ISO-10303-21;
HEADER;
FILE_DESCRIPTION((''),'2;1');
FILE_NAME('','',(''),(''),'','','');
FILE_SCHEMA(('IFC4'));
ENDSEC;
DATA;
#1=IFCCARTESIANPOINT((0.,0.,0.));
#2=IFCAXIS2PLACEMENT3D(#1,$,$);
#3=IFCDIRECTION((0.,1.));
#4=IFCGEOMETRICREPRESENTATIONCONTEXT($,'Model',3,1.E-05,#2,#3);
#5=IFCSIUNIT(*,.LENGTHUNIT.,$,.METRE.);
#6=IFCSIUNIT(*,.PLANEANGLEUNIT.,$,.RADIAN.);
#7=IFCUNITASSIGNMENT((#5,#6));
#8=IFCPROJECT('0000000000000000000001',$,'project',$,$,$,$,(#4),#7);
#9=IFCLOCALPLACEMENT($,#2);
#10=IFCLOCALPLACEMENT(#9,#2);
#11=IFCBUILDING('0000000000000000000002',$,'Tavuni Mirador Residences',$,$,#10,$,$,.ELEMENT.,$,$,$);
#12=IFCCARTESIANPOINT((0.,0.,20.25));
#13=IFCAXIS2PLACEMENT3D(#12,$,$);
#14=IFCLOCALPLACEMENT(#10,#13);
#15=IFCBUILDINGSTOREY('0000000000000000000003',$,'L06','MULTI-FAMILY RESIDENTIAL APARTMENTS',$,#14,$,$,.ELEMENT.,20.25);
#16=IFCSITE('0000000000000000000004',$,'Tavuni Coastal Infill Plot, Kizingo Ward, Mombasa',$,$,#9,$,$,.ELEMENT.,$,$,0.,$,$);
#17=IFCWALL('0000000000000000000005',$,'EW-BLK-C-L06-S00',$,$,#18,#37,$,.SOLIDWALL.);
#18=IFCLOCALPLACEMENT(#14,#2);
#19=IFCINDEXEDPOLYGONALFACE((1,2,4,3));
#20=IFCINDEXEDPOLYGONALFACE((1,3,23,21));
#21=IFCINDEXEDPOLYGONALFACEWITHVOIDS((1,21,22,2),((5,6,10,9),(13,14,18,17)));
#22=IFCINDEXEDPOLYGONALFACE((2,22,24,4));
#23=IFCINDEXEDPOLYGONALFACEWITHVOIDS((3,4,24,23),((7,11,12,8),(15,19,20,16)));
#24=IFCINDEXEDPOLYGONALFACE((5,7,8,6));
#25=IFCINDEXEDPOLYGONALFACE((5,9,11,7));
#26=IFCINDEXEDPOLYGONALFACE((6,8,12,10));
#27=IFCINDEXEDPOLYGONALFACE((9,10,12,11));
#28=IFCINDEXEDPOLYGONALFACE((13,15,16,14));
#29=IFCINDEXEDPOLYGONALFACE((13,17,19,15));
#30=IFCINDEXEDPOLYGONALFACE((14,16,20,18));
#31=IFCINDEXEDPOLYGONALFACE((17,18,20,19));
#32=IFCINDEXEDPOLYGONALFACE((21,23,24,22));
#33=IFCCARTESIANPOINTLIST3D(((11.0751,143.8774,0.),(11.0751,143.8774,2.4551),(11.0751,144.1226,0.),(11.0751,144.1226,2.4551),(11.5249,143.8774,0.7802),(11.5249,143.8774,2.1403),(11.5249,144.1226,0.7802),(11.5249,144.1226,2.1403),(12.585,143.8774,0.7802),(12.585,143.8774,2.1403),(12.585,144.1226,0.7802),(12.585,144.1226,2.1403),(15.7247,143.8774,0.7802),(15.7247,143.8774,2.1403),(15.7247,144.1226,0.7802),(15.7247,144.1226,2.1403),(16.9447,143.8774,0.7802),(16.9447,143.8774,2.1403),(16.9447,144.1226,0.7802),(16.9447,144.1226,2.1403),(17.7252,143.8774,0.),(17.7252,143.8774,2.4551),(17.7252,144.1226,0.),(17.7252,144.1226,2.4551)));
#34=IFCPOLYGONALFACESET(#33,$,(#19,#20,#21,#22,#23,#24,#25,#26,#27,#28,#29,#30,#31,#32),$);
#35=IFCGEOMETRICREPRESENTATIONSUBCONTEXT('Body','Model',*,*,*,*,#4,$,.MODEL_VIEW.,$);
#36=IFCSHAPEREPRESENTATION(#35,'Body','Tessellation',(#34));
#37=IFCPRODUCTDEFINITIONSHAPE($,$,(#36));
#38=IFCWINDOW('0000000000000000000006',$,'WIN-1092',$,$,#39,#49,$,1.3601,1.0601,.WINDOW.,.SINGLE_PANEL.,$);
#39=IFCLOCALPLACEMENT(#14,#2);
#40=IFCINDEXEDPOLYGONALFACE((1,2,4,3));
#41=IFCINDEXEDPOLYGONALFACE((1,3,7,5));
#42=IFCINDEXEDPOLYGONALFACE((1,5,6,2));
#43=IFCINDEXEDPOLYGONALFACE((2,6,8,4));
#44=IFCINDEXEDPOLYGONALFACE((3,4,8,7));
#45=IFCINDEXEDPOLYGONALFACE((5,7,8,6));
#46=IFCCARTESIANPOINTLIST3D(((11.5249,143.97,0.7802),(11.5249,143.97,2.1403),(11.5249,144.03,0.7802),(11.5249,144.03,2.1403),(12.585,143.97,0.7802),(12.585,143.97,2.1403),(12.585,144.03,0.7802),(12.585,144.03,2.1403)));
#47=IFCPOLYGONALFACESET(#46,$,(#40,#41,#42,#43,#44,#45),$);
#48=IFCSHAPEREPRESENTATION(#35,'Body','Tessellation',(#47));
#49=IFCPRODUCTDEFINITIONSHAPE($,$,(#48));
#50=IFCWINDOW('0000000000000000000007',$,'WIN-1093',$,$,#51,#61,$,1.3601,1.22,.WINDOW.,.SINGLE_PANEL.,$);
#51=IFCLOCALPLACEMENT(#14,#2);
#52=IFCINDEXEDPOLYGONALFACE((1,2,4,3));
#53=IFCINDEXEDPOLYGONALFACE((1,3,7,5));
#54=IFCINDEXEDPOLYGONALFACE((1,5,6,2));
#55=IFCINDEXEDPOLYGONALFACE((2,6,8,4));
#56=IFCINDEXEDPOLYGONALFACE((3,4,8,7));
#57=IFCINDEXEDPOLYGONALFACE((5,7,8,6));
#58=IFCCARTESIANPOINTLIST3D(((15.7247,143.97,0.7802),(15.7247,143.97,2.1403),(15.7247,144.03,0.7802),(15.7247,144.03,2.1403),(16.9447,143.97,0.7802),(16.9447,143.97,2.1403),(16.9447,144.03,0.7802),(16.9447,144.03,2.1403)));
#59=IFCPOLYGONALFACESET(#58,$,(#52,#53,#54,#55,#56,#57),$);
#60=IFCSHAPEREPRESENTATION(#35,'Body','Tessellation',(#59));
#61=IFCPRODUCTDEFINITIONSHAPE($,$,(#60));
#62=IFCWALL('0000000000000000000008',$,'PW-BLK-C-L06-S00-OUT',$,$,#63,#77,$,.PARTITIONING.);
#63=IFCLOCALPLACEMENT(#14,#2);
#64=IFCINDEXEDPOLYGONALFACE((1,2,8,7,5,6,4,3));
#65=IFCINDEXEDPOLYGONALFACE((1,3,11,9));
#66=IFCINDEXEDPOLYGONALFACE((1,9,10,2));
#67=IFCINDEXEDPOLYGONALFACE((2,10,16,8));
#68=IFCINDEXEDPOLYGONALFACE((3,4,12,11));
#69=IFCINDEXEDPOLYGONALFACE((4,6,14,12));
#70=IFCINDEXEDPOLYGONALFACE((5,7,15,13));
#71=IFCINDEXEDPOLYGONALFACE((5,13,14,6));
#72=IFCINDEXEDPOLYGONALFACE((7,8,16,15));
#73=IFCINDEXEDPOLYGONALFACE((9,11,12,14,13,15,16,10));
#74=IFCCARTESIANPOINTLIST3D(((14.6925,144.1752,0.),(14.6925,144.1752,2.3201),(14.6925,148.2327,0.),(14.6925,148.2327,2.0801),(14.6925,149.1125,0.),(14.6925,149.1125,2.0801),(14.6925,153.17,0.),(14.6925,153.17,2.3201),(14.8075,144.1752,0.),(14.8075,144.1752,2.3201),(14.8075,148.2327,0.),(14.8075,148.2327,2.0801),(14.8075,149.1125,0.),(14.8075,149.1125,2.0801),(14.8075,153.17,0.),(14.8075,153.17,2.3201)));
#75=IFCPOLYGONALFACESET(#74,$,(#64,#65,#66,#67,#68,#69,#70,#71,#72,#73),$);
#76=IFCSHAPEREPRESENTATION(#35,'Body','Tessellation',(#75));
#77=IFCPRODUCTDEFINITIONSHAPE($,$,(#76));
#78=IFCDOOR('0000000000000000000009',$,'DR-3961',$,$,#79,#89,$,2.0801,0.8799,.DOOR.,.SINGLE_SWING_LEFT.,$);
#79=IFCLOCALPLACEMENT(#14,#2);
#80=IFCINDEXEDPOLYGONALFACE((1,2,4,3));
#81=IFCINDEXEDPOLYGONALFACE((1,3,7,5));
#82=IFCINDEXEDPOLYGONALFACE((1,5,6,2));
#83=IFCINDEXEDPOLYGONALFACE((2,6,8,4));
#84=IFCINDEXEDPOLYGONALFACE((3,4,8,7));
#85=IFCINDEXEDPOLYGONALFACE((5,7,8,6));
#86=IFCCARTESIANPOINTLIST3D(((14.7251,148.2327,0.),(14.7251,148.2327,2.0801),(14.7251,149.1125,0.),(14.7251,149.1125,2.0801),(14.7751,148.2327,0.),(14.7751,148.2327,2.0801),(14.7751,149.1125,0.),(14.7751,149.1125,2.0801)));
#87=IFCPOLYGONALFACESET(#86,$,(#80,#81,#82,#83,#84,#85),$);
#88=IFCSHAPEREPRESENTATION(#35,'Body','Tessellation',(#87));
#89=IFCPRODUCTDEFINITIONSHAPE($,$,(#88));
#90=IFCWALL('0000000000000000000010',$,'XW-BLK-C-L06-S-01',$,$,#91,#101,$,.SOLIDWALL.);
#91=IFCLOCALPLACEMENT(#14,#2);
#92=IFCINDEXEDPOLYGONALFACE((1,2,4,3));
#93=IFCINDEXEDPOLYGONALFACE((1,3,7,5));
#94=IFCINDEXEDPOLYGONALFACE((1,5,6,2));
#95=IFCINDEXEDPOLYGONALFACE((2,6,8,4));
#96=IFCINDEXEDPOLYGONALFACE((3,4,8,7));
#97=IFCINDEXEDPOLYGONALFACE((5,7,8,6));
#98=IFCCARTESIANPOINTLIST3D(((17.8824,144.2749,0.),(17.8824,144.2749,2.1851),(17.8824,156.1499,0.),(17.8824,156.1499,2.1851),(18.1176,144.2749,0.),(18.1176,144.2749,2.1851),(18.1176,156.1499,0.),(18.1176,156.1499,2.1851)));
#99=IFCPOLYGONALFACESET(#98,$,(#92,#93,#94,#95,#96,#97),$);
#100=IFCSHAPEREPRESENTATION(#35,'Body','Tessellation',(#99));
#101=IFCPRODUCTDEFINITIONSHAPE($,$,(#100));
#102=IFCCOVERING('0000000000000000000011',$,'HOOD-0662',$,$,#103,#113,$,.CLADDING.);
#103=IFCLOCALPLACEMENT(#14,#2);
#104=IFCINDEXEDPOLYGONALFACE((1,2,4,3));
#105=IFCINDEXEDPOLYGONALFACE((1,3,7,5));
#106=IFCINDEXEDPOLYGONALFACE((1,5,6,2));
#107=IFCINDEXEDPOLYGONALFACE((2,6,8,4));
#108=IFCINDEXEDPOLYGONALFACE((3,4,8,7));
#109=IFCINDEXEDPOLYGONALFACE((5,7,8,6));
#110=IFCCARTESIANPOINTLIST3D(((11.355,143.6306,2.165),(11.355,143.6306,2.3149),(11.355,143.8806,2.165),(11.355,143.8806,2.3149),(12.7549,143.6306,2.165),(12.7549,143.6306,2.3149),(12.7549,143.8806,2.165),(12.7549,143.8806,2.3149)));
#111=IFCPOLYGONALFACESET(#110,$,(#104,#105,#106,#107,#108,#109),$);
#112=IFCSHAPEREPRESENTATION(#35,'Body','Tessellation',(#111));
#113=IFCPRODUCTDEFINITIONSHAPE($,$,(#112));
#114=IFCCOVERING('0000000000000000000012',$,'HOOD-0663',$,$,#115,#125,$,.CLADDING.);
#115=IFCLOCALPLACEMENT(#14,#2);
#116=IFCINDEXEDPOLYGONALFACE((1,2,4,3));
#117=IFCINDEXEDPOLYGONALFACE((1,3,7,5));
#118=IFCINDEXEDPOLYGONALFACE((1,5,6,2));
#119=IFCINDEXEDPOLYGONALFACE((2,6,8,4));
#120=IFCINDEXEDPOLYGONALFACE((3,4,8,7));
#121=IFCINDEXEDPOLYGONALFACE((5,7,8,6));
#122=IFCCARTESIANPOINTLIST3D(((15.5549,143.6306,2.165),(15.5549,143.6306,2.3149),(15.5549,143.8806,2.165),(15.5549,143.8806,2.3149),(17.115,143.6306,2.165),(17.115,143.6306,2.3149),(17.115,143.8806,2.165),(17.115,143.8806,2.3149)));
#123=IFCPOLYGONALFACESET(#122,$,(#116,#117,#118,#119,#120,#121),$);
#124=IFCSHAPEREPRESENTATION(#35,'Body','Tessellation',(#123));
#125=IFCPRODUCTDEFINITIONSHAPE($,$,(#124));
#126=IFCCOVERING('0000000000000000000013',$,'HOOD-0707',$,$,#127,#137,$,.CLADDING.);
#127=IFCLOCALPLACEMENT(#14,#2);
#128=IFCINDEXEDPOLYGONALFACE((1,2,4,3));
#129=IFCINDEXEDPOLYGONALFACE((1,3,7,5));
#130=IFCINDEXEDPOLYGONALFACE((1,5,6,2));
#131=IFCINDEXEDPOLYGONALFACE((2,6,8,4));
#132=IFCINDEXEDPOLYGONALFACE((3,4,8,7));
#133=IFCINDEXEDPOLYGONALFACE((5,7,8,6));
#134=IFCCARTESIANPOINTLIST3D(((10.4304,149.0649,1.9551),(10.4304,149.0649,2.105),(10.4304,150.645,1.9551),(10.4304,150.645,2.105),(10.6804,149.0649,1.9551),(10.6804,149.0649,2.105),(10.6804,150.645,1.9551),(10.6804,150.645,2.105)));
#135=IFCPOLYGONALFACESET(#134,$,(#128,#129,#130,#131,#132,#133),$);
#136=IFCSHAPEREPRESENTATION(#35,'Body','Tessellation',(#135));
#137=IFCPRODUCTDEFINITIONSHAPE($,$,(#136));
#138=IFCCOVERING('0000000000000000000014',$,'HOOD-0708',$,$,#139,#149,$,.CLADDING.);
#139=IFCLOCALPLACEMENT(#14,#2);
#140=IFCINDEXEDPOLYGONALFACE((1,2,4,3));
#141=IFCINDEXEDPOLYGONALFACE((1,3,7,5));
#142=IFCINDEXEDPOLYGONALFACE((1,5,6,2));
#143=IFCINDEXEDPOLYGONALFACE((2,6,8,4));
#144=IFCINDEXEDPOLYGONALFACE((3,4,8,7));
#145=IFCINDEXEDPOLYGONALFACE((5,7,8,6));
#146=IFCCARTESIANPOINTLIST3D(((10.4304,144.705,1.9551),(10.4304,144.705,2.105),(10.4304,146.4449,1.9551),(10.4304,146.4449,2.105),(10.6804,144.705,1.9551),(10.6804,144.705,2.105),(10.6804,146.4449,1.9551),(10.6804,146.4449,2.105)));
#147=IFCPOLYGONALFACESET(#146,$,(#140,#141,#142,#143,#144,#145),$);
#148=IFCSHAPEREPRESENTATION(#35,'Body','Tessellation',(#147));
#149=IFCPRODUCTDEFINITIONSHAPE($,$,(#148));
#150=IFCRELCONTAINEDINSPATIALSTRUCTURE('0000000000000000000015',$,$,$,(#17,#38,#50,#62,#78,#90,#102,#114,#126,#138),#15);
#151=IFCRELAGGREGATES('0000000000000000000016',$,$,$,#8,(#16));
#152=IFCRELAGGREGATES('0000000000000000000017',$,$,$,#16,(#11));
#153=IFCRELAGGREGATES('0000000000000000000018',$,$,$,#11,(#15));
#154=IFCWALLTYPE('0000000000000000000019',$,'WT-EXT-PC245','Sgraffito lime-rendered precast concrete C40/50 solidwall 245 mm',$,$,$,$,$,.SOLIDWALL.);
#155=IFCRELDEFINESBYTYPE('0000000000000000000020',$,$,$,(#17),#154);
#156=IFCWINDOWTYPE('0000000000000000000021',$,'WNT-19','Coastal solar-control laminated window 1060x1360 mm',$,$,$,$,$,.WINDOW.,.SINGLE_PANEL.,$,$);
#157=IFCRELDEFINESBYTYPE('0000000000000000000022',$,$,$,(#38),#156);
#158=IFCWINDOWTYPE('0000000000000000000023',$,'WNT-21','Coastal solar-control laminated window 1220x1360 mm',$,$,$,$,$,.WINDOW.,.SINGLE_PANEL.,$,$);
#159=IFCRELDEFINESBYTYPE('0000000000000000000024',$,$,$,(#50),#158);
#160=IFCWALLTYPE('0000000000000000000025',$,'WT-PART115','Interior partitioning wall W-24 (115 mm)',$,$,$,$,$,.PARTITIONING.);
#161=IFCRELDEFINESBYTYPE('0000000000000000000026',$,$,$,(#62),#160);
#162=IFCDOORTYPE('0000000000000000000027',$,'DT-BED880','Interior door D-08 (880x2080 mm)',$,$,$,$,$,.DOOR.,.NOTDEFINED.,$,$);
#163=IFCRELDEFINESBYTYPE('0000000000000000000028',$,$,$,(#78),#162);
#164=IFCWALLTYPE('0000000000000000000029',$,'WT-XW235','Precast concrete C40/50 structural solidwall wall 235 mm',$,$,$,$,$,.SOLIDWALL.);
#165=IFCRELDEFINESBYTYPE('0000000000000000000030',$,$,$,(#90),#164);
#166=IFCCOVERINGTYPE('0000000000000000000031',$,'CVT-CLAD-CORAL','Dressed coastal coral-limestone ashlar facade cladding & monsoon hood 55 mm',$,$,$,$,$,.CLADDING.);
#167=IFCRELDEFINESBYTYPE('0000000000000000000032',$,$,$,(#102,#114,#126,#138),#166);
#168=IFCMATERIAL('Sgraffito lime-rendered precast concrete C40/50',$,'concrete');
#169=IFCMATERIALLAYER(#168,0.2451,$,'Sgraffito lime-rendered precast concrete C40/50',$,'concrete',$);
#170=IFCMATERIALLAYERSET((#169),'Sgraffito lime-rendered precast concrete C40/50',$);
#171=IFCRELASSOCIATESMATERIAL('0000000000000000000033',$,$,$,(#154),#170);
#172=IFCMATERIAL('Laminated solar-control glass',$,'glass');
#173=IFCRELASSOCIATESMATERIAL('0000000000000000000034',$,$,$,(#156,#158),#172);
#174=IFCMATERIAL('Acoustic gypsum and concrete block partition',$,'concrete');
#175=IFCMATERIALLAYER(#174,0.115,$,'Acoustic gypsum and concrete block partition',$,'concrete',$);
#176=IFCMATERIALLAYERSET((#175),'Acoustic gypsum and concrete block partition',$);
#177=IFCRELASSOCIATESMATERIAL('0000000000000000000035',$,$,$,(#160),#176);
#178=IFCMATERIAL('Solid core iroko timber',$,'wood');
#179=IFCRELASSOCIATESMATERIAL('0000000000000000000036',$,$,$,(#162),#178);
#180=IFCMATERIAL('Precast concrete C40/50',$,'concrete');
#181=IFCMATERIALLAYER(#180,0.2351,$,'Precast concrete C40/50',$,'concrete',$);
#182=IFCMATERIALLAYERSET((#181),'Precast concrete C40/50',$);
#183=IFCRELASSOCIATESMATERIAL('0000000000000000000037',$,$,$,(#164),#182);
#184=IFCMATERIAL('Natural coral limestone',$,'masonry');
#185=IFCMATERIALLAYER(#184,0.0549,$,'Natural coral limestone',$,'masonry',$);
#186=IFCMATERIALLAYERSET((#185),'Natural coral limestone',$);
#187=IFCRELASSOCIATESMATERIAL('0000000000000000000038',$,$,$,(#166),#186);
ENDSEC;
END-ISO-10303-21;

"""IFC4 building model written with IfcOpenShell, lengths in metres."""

from ifc_helpers import new_model, si_unit, direction, frame, frame_2d, origin, origin_2d, place, context, subcontext, project, spatial, rectangle, extrude, material, layer, layer_set, type_object, element, fill, save


model = new_model("IFC4")

# Units and contexts
model_context = context("Model", 3, precision=1e-05, world=origin(), true_north=direction((0.0, 1.0)))
body_context = subcontext(model_context, "Body", "Model", "MODEL_VIEW")
ifc_project = project(units=[si_unit("LENGTHUNIT", "METRE"), si_unit("PLANEANGLEUNIT", "RADIAN")], contexts=[model_context])

# Site, building, storey
site_placement = place(None, origin())
site = spatial("IfcSite", under=ifc_project, at=site_placement, Name="Tavuni Coastal Infill Plot, Kizingo Ward, Mombasa", CompositionType="ELEMENT", RefElevation=0.0)
building_placement = place(site_placement, origin())
building = spatial("IfcBuilding", under=site, at=building_placement, Name="Tavuni Mirador Residences", CompositionType="ELEMENT")
storey_placement = place(building_placement, frame((0.0, 0.0, 20.25)))
storey = spatial("IfcBuildingStorey", under=building, at=storey_placement, Name="L06", Description="MULTI-FAMILY RESIDENTIAL APARTMENTS", CompositionType="ELEMENT", Elevation=20.25)

# Shared definitions
ifc_material_1 = material(Name="Precast concrete C40/50", Category="concrete")

# Wall, openings, windows
ifc_material_2 = material(Name="Sgraffito lime-rendered precast concrete C40/50", Category="concrete")
ifc_layer_1 = layer(ifc_material_2, 0.2451, Name="Sgraffito lime-rendered precast concrete C40/50", Category="concrete")
ifc_layer_set_1 = layer_set([ifc_layer_1], Name="Sgraffito lime-rendered precast concrete C40/50")
wall_type_1 = type_object("IfcWallType", Name="WT-EXT-PC245", Description="Sgraffito lime-rendered precast concrete C40/50 solidwall 245 mm", PredefinedType="SOLIDWALL", material=ifc_layer_set_1)
wall_1_placement = place(storey_placement, frame((11.075, 144.0, 0.0), z_axis=(0.0, 0.0, 1.0), x_axis=(1.0, 0.0, 0.0)))
wall_1 = element("IfcWall", 1, at=wall_1_placement, inside=storey, type_object=wall_type_1, Name="EW-BLK-C-L06-S00", PredefinedType="SOLIDWALL", context=body_context, shape_type="SweptSolid", body=[
    extrude(rectangle(XDim=6.6501, YDim=0.2451, at=frame_2d((3.3252, 0.0))), origin(), (0.0, 0.0, 1.0), 2.4551),
])
opening_1_placement = place(wall_1_placement, frame((0.45, 0.0, 0.78)))
opening_1 = element("IfcOpeningElement", 2, at=opening_1_placement, cuts=wall_1, PredefinedType="OPENING", context=body_context, shape_type="SweptSolid", body=[
    extrude(rectangle(XDim=1.0601, YDim=1.3601, at=frame_2d((0.53, 0.6802))), frame((0.0, 0.1326, 0.0), z_axis=(0.0, -1.0, 0.0), x_axis=(1.0, 0.0, 0.0)), (0.0, 0.0, 1.0), 0.2651),
])
opening_2_placement = place(wall_1_placement, frame((4.6499, 0.0, 0.78)))
opening_2 = element("IfcOpeningElement", 3, at=opening_2_placement, cuts=wall_1, PredefinedType="OPENING", context=body_context, shape_type="SweptSolid", body=[
    extrude(rectangle(XDim=1.22, YDim=1.3601, at=frame_2d((0.6099, 0.6802))), frame((0.0, 0.1326, 0.0), z_axis=(0.0, -1.0, 0.0), x_axis=(1.0, 0.0, 0.0)), (0.0, 0.0, 1.0), 0.2651),
])
ifc_material_3 = material(Name="Laminated solar-control glass", Category="glass")
window_type_1 = type_object("IfcWindowType", Name="WNT-19", Description="Coastal solar-control laminated window 1060x1360 mm", PartitioningType="SINGLE_PANEL", PredefinedType="WINDOW", material=ifc_material_3)
window_1_placement = place(opening_1_placement, origin())
window_1 = element("IfcWindow", 4, at=window_1_placement, inside=storey, type_object=window_type_1, Name="WIN-1092", OverallHeight=1.3601, OverallWidth=1.0601, PartitioningType="SINGLE_PANEL", PredefinedType="WINDOW", context=body_context, shape_type="SweptSolid", body=[
    extrude(rectangle(XDim=1.0601, YDim=1.3601, at=frame_2d((0.53, 0.6802))), frame((0.0, 0.03, 0.0), z_axis=(0.0, -1.0, 0.0), x_axis=(1.0, 0.0, 0.0)), (0.0, 0.0, 1.0), 0.0601),
])
fill(opening_1, window_1)
window_type_2 = type_object("IfcWindowType", Name="WNT-21", Description="Coastal solar-control laminated window 1220x1360 mm", PartitioningType="SINGLE_PANEL", PredefinedType="WINDOW", material=ifc_material_3)
window_2_placement = place(opening_2_placement, origin())
window_2 = element("IfcWindow", 5, at=window_2_placement, inside=storey, type_object=window_type_2, Name="WIN-1093", OverallHeight=1.3601, OverallWidth=1.22, PartitioningType="SINGLE_PANEL", PredefinedType="WINDOW", context=body_context, shape_type="SweptSolid", body=[
    extrude(rectangle(XDim=1.22, YDim=1.3601, at=frame_2d((0.6099, 0.6802))), frame((0.0, 0.03, 0.0), z_axis=(0.0, -1.0, 0.0), x_axis=(1.0, 0.0, 0.0)), (0.0, 0.0, 1.0), 0.0601),
])
fill(opening_2, window_2)

# Wall, opening, door
ifc_material_4 = material(Name="Acoustic gypsum and concrete block partition", Category="concrete")
ifc_layer_2 = layer(ifc_material_4, 0.115, Name="Acoustic gypsum and concrete block partition", Category="concrete")
ifc_layer_set_2 = layer_set([ifc_layer_2], Name="Acoustic gypsum and concrete block partition")
wall_type_2 = type_object("IfcWallType", Name="WT-PART115", Description="Interior partitioning wall W-24 (115 mm)", PredefinedType="PARTITIONING", material=ifc_layer_set_2)
wall_2_placement = place(storey_placement, frame((14.75, 144.175, 0.0), z_axis=(0.0, 0.0, 1.0), x_axis=(0.0, 1.0, 0.0)))
wall_2 = element("IfcWall", 6, at=wall_2_placement, inside=storey, type_object=wall_type_2, Name="PW-BLK-C-L06-S00-OUT", PredefinedType="PARTITIONING", context=body_context, shape_type="SweptSolid", body=[
    extrude(rectangle(XDim=8.9949, YDim=0.115, at=frame_2d((4.4976, 0.0))), origin(), (0.0, 0.0, 1.0), 2.3201),
])
opening_3_placement = place(wall_2_placement, frame((4.0576, 0.0, 0.0)))
opening_3 = element("IfcOpeningElement", 7, at=opening_3_placement, cuts=wall_2, PredefinedType="OPENING", context=body_context, shape_type="SweptSolid", body=[
    extrude(rectangle(XDim=0.8799, YDim=2.0801, at=frame_2d((0.4399, 1.04))), frame((0.0, 0.0674, 0.0), z_axis=(0.0, -1.0, 0.0), x_axis=(1.0, 0.0, 0.0)), (0.0, 0.0, 1.0), 0.135),
])
ifc_material_5 = material(Name="Solid core iroko timber", Category="wood")
door_type = type_object("IfcDoorType", Name="DT-BED880", Description="Interior door D-08 (880x2080 mm)", OperationType="NOTDEFINED", PredefinedType="DOOR", material=ifc_material_5)
door_placement = place(opening_3_placement, origin())
door = element("IfcDoor", 8, at=door_placement, inside=storey, type_object=door_type, Name="DR-3961", OperationType="SINGLE_SWING_LEFT", OverallHeight=2.0801, OverallWidth=0.8799, PredefinedType="DOOR", context=body_context, shape_type="SweptSolid", body=[
    extrude(rectangle(XDim=0.8799, YDim=2.0801, at=frame_2d((0.4399, 1.04))), frame((0.0, 0.0249, 0.0), z_axis=(0.0, -1.0, 0.0), x_axis=(1.0, 0.0, 0.0)), (0.0, 0.0, 1.0), 0.05),
])
fill(opening_3, door)

# Wall
ifc_layer_3 = layer(ifc_material_1, 0.2351, Name="Precast concrete C40/50", Category="concrete")
ifc_layer_set_3 = layer_set([ifc_layer_3], Name="Precast concrete C40/50")
wall_type_3 = type_object("IfcWallType", Name="WT-XW235", Description="Precast concrete C40/50 structural solidwall wall 235 mm", PredefinedType="SOLIDWALL", material=ifc_layer_set_3)
wall_3_placement = place(storey_placement, frame((18.0, 144.2749, 0.0), z_axis=(0.0, 0.0, 1.0), x_axis=(0.0, 1.0, 0.0)))
element("IfcWall", 9, at=wall_3_placement, inside=storey, type_object=wall_type_3, Name="XW-BLK-C-L06-S-01", PredefinedType="SOLIDWALL", context=body_context, shape_type="SweptSolid", body=[
    extrude(rectangle(XDim=11.875, YDim=0.2351, at=frame_2d((5.9375, 0.0))), origin(), (0.0, 0.0, 1.0), 2.1851),
])

# Coverings
ifc_material_6 = material(Name="Natural coral limestone", Category="masonry")
ifc_layer_4 = layer(ifc_material_6, 0.0549, Name="Natural coral limestone", Category="masonry")
ifc_layer_set_4 = layer_set([ifc_layer_4], Name="Natural coral limestone")
covering_type = type_object("IfcCoveringType", Name="CVT-CLAD-CORAL", Description="Dressed coastal coral-limestone ashlar facade cladding & monsoon hood 55 mm", PredefinedType="CLADDING", material=ifc_layer_set_4)
covering_1_placement = place(storey_placement, frame((12.0549, 143.7556, 2.165), z_axis=(0.0, 0.0, 1.0), x_axis=(1.0, 0.0, 0.0)))
element("IfcCovering", 10, at=covering_1_placement, inside=storey, type_object=covering_type, Name="HOOD-0662", PredefinedType="CLADDING", context=body_context, shape_type="SweptSolid", body=[
    extrude(rectangle(XDim=1.3999, YDim=0.25, at=origin_2d()), origin(), (0.0, 0.0, 1.0), 0.1499),
])
covering_2_placement = place(storey_placement, frame((16.335, 143.7556, 2.165), z_axis=(0.0, 0.0, 1.0), x_axis=(1.0, 0.0, 0.0)))
element("IfcCovering", 11, at=covering_2_placement, inside=storey, type_object=covering_type, Name="HOOD-0663", PredefinedType="CLADDING", context=body_context, shape_type="SweptSolid", body=[
    extrude(rectangle(XDim=1.5601, YDim=0.25, at=origin_2d()), origin(), (0.0, 0.0, 1.0), 0.1499),
])
covering_3_placement = place(storey_placement, frame((10.5554, 149.855, 1.9551), z_axis=(0.0, 0.0, 1.0), x_axis=(0.0, -1.0, 0.0)))
element("IfcCovering", 12, at=covering_3_placement, inside=storey, type_object=covering_type, Name="HOOD-0707", PredefinedType="CLADDING", context=body_context, shape_type="SweptSolid", body=[
    extrude(rectangle(XDim=1.5801, YDim=0.25, at=origin_2d()), origin(), (0.0, 0.0, 1.0), 0.1499),
])
covering_4_placement = place(storey_placement, frame((10.5554, 145.575, 1.9551), z_axis=(0.0, 0.0, 1.0), x_axis=(0.0, -1.0, 0.0)))
element("IfcCovering", 13, at=covering_4_placement, inside=storey, type_object=covering_type, Name="HOOD-0708", PredefinedType="CLADDING", context=body_context, shape_type="SweptSolid", body=[
    extrude(rectangle(XDim=1.74, YDim=0.25, at=origin_2d()), origin(), (0.0, 0.0, 1.0), 0.1499),
])

save(model, "model.ifc")
